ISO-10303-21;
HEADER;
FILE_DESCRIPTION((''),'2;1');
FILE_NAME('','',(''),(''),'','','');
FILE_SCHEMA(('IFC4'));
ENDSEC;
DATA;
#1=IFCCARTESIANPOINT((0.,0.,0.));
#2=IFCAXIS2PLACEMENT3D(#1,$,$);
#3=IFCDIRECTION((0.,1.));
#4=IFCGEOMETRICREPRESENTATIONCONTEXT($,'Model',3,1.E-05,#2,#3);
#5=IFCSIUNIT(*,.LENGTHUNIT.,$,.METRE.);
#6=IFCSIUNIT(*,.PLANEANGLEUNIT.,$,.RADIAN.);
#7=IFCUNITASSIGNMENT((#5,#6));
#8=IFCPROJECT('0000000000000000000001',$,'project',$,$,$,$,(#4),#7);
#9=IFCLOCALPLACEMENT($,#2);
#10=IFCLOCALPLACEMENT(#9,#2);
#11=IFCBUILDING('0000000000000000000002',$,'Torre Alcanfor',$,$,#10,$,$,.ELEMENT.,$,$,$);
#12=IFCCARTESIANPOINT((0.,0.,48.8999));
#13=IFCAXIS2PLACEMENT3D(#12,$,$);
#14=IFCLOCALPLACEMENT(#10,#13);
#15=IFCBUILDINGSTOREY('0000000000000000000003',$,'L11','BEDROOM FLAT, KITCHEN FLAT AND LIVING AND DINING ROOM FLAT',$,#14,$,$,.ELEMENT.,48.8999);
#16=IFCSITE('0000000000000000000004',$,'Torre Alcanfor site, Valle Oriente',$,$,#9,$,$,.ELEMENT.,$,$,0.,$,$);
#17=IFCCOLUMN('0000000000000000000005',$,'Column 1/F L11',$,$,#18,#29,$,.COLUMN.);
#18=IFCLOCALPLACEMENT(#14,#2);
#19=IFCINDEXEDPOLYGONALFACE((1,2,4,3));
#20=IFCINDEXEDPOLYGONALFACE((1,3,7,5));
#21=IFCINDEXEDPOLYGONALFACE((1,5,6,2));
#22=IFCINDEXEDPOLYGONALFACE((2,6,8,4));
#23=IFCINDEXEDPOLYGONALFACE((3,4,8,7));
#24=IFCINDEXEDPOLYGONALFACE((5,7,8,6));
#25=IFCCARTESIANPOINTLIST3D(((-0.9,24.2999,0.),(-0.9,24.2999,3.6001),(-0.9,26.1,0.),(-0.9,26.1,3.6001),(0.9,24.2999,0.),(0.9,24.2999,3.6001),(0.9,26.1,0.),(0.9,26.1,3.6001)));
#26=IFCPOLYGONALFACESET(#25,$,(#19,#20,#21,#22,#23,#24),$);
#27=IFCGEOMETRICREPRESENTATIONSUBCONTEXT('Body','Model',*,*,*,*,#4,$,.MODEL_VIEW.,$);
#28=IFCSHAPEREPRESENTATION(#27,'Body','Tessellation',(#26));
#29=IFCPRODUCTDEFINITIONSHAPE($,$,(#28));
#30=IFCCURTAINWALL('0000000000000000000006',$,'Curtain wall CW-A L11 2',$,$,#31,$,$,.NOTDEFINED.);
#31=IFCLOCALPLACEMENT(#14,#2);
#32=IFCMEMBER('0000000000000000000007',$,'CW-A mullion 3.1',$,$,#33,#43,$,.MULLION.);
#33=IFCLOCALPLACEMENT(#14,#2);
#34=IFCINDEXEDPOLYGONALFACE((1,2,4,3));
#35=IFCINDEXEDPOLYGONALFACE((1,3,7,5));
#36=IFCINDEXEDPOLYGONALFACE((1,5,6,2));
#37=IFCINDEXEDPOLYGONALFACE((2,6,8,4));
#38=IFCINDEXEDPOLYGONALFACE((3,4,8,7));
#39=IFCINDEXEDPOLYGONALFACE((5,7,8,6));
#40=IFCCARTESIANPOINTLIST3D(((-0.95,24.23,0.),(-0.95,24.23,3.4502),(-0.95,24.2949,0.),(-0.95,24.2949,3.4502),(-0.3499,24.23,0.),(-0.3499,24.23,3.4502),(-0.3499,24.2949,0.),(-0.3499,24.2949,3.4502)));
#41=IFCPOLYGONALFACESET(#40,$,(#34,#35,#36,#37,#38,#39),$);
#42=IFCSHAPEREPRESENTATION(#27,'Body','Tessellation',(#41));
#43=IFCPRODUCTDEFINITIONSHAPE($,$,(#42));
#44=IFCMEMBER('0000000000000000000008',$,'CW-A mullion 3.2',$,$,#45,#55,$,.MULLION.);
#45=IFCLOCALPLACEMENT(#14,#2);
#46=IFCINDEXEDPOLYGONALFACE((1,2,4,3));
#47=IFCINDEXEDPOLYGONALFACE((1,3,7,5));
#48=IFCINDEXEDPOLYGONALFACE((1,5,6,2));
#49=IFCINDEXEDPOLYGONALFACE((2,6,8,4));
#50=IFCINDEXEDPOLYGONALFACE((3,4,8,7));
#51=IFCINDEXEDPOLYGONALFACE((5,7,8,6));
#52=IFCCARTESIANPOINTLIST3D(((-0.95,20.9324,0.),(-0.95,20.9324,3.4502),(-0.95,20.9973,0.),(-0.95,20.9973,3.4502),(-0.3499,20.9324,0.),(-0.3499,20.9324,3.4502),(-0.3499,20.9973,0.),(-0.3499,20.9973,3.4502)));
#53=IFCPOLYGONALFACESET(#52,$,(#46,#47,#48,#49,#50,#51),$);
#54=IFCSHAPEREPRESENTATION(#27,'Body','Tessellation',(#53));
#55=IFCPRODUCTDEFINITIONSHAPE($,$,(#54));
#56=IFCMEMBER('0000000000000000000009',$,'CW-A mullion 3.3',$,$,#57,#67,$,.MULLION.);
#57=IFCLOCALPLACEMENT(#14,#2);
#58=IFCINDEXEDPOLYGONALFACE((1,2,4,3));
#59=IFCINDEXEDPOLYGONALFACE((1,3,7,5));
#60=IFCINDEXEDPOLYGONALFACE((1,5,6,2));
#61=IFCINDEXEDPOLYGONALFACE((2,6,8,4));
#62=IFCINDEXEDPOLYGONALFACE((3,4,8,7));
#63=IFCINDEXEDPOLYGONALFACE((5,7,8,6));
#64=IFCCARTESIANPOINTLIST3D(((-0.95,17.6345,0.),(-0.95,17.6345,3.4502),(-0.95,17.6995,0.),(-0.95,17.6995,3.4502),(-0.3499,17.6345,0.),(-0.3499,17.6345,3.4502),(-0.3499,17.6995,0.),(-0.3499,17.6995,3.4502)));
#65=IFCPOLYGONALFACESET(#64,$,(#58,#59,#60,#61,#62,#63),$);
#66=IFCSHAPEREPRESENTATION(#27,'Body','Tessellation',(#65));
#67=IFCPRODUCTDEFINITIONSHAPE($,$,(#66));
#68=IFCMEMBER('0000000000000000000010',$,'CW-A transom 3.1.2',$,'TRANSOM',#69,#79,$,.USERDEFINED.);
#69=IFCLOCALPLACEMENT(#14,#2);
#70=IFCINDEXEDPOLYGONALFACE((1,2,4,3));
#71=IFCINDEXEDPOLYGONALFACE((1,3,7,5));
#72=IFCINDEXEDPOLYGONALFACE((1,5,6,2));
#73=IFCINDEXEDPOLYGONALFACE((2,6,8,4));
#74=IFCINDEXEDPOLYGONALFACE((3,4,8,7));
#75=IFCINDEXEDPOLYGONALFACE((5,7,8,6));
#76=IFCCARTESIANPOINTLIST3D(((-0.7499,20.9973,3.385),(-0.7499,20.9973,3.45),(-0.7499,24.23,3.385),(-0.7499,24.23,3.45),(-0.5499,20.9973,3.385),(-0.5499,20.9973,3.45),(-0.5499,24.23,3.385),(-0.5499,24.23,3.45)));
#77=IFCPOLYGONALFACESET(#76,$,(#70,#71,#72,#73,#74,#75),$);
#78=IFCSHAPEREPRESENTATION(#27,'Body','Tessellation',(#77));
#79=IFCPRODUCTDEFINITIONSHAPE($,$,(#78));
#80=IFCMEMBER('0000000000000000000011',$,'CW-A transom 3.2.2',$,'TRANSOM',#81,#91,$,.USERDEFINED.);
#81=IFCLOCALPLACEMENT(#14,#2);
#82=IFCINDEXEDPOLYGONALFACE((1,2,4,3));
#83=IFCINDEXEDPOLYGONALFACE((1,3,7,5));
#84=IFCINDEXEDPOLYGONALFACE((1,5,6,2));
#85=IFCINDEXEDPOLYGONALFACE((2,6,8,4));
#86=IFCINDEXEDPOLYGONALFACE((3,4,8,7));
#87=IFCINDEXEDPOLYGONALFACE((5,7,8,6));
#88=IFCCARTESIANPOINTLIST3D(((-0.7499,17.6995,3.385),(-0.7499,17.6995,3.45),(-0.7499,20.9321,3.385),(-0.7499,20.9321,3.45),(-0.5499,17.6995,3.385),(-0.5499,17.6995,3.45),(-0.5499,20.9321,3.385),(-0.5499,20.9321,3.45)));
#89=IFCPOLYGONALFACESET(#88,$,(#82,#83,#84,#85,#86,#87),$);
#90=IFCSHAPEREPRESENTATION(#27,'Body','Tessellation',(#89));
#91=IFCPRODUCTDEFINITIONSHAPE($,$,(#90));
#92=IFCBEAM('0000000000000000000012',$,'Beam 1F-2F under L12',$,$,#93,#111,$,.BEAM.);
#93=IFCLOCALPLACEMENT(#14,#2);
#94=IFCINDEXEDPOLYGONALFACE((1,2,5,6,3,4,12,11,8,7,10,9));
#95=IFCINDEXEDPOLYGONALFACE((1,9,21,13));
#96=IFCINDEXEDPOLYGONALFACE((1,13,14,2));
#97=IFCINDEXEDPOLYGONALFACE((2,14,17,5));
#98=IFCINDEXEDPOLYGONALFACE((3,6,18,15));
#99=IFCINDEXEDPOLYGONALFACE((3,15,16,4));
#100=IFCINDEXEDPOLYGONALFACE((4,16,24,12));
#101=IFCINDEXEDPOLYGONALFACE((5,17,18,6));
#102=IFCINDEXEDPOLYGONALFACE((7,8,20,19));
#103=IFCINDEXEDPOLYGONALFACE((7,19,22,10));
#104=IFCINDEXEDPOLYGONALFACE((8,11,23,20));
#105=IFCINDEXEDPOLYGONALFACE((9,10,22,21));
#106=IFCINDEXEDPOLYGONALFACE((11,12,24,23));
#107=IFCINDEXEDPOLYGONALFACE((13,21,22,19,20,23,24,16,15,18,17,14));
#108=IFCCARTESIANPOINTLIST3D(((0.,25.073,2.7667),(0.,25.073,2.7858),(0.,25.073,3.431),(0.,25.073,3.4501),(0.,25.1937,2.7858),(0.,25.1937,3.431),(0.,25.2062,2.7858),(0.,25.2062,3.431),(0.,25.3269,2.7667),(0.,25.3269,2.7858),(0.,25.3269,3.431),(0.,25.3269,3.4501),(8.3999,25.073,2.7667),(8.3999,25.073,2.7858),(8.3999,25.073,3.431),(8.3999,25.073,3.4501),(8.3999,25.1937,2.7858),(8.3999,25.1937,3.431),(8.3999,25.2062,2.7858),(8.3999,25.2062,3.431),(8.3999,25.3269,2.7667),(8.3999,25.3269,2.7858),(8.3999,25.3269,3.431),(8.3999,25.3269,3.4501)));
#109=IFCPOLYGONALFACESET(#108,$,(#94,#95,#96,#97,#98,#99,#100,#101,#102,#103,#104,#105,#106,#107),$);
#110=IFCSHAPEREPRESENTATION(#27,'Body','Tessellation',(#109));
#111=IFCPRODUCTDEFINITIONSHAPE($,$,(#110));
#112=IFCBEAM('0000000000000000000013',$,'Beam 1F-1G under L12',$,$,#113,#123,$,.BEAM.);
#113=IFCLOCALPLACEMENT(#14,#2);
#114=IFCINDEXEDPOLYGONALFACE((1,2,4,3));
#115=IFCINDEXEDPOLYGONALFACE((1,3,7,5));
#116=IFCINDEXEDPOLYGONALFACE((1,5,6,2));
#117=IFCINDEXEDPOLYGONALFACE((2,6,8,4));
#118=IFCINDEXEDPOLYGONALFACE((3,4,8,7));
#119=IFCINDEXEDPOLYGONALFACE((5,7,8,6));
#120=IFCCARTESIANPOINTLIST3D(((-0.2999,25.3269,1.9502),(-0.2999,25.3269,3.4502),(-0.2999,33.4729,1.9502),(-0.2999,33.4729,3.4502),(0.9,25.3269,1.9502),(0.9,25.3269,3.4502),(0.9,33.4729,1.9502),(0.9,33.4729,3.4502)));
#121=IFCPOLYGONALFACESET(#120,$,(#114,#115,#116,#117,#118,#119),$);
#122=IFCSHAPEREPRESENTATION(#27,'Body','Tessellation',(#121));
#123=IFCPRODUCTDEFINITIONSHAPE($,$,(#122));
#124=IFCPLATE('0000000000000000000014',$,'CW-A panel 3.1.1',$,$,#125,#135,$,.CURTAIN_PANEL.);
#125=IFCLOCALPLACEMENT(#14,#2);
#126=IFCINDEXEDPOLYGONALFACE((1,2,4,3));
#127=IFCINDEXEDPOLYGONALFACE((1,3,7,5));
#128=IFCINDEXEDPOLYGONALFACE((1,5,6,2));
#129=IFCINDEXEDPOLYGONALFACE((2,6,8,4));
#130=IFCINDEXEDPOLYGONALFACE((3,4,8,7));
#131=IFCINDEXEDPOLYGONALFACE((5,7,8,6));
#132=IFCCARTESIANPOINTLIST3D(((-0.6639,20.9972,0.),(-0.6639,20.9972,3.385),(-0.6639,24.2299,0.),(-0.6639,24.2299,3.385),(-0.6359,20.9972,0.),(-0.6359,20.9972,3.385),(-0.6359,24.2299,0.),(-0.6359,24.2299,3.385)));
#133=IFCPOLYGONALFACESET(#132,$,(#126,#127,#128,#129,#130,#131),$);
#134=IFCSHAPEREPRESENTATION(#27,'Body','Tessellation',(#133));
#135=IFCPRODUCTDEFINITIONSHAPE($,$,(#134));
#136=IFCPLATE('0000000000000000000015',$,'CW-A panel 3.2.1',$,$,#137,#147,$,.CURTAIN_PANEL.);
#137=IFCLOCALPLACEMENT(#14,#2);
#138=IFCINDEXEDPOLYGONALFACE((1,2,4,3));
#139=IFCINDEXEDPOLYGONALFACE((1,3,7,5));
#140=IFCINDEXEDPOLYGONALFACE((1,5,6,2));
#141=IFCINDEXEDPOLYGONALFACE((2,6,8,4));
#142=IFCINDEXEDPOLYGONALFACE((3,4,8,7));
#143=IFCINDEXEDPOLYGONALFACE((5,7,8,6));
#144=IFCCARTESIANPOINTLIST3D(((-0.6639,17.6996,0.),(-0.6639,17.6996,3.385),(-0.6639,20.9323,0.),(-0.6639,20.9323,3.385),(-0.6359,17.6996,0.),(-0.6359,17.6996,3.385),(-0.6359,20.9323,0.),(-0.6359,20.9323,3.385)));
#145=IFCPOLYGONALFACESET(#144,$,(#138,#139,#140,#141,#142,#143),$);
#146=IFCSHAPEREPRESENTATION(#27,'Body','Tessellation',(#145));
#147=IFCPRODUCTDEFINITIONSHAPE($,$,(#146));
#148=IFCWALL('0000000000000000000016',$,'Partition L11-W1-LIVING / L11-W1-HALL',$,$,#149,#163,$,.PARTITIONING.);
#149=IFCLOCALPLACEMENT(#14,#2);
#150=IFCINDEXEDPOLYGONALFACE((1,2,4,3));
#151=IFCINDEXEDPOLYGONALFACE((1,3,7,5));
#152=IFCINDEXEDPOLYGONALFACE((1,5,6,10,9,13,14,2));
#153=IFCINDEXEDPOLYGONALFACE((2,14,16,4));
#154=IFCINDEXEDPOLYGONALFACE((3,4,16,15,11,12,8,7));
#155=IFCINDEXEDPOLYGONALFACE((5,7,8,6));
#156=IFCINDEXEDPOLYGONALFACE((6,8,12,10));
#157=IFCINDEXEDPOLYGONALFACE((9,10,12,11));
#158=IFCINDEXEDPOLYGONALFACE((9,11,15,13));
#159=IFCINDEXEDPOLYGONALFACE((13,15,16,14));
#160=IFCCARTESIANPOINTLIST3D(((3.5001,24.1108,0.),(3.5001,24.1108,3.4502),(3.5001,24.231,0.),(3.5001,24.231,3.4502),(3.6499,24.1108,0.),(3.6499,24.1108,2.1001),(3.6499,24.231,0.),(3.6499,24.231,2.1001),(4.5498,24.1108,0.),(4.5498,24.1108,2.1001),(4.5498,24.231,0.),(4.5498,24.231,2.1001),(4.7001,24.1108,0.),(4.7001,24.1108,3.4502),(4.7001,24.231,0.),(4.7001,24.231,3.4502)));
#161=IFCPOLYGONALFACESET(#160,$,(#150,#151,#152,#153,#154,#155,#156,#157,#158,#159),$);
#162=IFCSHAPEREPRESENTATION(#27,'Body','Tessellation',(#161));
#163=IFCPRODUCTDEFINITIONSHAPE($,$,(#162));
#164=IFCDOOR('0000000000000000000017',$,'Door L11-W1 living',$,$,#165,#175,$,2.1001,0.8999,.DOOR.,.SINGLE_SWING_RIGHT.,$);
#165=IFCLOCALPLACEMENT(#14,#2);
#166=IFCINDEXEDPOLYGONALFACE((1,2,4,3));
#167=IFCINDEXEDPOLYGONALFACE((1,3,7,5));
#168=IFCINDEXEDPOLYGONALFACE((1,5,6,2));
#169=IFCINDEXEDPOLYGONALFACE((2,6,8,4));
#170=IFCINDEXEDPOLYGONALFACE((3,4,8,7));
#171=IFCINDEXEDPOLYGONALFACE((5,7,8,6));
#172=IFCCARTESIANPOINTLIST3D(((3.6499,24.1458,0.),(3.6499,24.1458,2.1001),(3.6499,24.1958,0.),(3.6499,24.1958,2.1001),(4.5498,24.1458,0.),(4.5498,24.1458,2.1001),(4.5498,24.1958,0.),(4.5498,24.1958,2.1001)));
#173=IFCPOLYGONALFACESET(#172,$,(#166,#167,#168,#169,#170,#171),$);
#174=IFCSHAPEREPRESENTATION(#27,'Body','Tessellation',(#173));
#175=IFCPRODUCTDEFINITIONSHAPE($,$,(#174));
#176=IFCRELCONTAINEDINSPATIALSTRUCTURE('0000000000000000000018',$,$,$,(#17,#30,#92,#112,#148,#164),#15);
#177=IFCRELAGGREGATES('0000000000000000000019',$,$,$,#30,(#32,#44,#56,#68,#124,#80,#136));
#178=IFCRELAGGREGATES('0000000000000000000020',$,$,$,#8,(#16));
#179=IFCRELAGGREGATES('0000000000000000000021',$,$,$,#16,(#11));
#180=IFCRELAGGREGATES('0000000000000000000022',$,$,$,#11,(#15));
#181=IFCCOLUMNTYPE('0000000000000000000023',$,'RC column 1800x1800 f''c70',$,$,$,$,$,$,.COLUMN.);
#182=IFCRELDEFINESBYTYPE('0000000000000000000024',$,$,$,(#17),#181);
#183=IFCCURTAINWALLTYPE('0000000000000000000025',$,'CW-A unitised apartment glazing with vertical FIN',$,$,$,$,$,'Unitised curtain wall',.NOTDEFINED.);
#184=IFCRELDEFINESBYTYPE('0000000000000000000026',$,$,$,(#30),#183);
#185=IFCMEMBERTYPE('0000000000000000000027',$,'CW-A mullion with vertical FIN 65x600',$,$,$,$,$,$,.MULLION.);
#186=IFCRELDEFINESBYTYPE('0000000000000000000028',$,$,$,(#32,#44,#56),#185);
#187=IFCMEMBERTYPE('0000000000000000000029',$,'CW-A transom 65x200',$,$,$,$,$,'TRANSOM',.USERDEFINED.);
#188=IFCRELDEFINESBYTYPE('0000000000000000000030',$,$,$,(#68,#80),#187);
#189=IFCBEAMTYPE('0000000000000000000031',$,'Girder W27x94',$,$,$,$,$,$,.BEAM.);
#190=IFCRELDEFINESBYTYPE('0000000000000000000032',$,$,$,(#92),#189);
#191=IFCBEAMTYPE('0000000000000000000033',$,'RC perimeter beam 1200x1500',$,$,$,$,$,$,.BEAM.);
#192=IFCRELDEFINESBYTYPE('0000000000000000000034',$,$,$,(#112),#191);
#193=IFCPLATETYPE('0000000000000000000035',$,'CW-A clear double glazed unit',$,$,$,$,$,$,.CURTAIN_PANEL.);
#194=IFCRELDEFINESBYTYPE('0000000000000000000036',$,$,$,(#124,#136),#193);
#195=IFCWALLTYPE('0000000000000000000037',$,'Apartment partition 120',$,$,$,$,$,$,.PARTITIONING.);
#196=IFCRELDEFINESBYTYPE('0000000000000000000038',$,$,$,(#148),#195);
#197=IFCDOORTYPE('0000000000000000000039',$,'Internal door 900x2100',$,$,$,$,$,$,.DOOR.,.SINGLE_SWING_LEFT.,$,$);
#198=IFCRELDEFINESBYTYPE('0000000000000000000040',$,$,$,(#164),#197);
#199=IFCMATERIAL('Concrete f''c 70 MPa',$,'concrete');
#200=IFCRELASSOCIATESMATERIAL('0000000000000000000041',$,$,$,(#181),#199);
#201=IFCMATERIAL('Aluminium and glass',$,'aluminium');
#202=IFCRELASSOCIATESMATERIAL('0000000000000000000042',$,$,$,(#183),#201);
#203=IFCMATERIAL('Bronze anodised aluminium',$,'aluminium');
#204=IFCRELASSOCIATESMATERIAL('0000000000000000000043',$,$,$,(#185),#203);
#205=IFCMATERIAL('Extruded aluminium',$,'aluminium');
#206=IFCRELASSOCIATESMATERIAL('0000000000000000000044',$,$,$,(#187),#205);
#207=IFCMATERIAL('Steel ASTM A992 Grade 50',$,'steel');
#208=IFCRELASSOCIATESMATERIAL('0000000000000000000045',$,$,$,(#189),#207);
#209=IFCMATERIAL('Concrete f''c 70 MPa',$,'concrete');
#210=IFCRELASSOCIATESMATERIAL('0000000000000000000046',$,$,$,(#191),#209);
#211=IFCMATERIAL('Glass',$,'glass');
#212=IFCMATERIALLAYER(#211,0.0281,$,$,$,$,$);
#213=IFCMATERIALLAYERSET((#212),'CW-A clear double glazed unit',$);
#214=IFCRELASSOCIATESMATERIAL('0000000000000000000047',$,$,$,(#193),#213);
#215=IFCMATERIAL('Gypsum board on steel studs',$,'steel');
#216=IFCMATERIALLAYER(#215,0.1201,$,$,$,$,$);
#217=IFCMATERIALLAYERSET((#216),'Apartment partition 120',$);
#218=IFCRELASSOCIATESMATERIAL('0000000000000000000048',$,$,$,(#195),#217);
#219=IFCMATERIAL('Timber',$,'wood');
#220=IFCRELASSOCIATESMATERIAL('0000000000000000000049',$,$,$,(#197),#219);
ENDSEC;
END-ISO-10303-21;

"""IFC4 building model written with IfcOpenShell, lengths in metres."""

from ifc_helpers import new_model, si_unit, direction, frame, frame_2d, origin, origin_2d, place, context, subcontext, project, spatial, rectangle, i_section, extrude, material, layer, layer_set, material_profile, profile_set, type_object, element, fill, aggregate, save


model = new_model("IFC4")

# Units and contexts
model_context = context("Model", 3, precision=1e-05, world=origin(), true_north=direction((0.0, 1.0)))
body_context = subcontext(model_context, "Body", "Model", "MODEL_VIEW")
ifc_project = project(units=[si_unit("LENGTHUNIT", "METRE"), si_unit("PLANEANGLEUNIT", "RADIAN")], contexts=[model_context])

# Site, building, storey
site_placement = place(None, origin())
site = spatial("IfcSite", under=ifc_project, at=site_placement, Name="Torre Alcanfor site, Valle Oriente", CompositionType="ELEMENT", RefElevation=0.0)
building_placement = place(site_placement, origin())
building = spatial("IfcBuilding", under=site, at=building_placement, Name="Torre Alcanfor", CompositionType="ELEMENT")
storey_placement = place(building_placement, frame((0.0, 0.0, 48.8999)))
storey = spatial("IfcBuildingStorey", under=building, at=storey_placement, Name="L11", Description="BEDROOM FLAT, KITCHEN FLAT AND LIVING AND DINING ROOM FLAT", CompositionType="ELEMENT", Elevation=48.8999)

# Column
ifc_material_1 = material(Name="Concrete f'c 70 MPa", Category="concrete")
ifc_material_profile_1 = material_profile(ifc_material_1, rectangle(XDim=1.8, YDim=1.8, at=origin_2d()), Name="1800x1800")
ifc_profile_set_1 = profile_set([ifc_material_profile_1], Name="Concrete f'c 70 MPa")
column_type = type_object("IfcColumnType", Name="RC column 1800x1800 f'c70", PredefinedType="COLUMN", material=ifc_profile_set_1)
column_placement = place(storey_placement, frame((0.0, 25.2, 0.0), z_axis=(0.0, 0.0, 1.0), x_axis=(1.0, 0.0, 0.0)))
element("IfcColumn", 1, at=column_placement, inside=storey, type_object=column_type, Name="Column 1/F L11", PredefinedType="COLUMN", context=body_context, shape_type="SweptSolid", body=[
    extrude(rectangle(XDim=1.8, YDim=1.8, at=origin_2d()), origin(), (0.0, 0.0, 1.0), 3.6001),
])

# Curtain wall, members
ifc_material_2 = material(Name="Aluminium and glass", Category="aluminium")
curtain_wall_type = type_object("IfcCurtainWallType", Name="CW-A unitised apartment glazing with vertical FIN", ElementType="Unitised curtain wall", PredefinedType="NOTDEFINED", material=ifc_material_2)
curtain_wall_placement = place(storey_placement, origin())
curtain_wall = element("IfcCurtainWall", 2, at=curtain_wall_placement, inside=storey, type_object=curtain_wall_type, Name="Curtain wall CW-A L11 2", PredefinedType="NOTDEFINED")
ifc_material_3 = material(Name="Bronze anodised aluminium", Category="aluminium")
ifc_material_profile_2 = material_profile(ifc_material_3, rectangle(XDim=0.6001, YDim=0.0649, at=origin_2d()), Name="CW-A mullion 65x600")
ifc_profile_set_2 = profile_set([ifc_material_profile_2], Name="Bronze anodised aluminium")
member_type_1 = type_object("IfcMemberType", Name="CW-A mullion with vertical FIN 65x600", PredefinedType="MULLION", material=ifc_profile_set_2)
member_1_placement = place(storey_placement, frame((-0.6499, 24.2625, 0.0), z_axis=(0.0, 0.0, 1.0), x_axis=(1.0, 0.0, 0.0)))
member_1 = element("IfcMember", 3, at=member_1_placement, type_object=member_type_1, Name="CW-A mullion 3.1", PredefinedType="MULLION", context=body_context, shape_type="SweptSolid", body=[
    extrude(rectangle(XDim=0.6001, YDim=0.0649, at=origin_2d()), origin(), (0.0, 0.0, 1.0), 3.4502),
])
member_2_placement = place(storey_placement, frame((-0.6499, 20.9648, 0.0), z_axis=(0.0, 0.0, 1.0), x_axis=(1.0, 0.0, 0.0)))
member_2 = element("IfcMember", 4, at=member_2_placement, type_object=member_type_1, Name="CW-A mullion 3.2", PredefinedType="MULLION", context=body_context, shape_type="SweptSolid", body=[
    extrude(rectangle(XDim=0.6001, YDim=0.0649, at=origin_2d()), origin(), (0.0, 0.0, 1.0), 3.4502),
])
member_3_placement = place(storey_placement, frame((-0.6499, 17.667, 0.0), z_axis=(0.0, 0.0, 1.0), x_axis=(1.0, 0.0, 0.0)))
member_3 = element("IfcMember", 5, at=member_3_placement, type_object=member_type_1, Name="CW-A mullion 3.3", PredefinedType="MULLION", context=body_context, shape_type="SweptSolid", body=[
    extrude(rectangle(XDim=0.6001, YDim=0.0649, at=origin_2d()), origin(), (0.0, 0.0, 1.0), 3.4502),
])
ifc_material_4 = material(Name="Extruded aluminium", Category="aluminium")
ifc_material_profile_3 = material_profile(ifc_material_4, rectangle(XDim=0.2, YDim=0.0649, at=origin_2d()), Name="CW-A transom 200x65")
ifc_profile_set_3 = profile_set([ifc_material_profile_3], Name="Extruded aluminium")
member_type_2 = type_object("IfcMemberType", Name="CW-A transom 65x200", ElementType="TRANSOM", PredefinedType="USERDEFINED", material=ifc_profile_set_3)
member_4_placement = place(storey_placement, frame((-0.6499, 24.23, 3.4175), z_axis=(0.0, -1.0, 0.0), x_axis=(1.0, 0.0, 0.0)))
member_4 = element("IfcMember", 6, at=member_4_placement, type_object=member_type_2, Name="CW-A transom 3.1.2", ObjectType="TRANSOM", PredefinedType="USERDEFINED", context=body_context, shape_type="SweptSolid", body=[
    extrude(rectangle(XDim=0.2, YDim=0.0649, at=origin_2d()), origin(), (0.0, 0.0, 1.0), 3.2327),
])
member_5_placement = place(storey_placement, frame((-0.6499, 20.9321, 3.4175), z_axis=(0.0, -1.0, 0.0), x_axis=(1.0, 0.0, 0.0)))
member_5 = element("IfcMember", 7, at=member_5_placement, type_object=member_type_2, Name="CW-A transom 3.2.2", ObjectType="TRANSOM", PredefinedType="USERDEFINED", context=body_context, shape_type="SweptSolid", body=[
    extrude(rectangle(XDim=0.2, YDim=0.0649, at=origin_2d()), origin(), (0.0, 0.0, 1.0), 3.2327),
])

# Beams
ifc_material_5 = material(Name="Steel ASTM A992 Grade 50", Category="steel")
ifc_material_profile_4 = material_profile(ifc_material_5, i_section(OverallWidth=0.2539, OverallDepth=0.6833, WebThickness=0.0125, FlangeThickness=0.019, at=origin_2d()), Name="W27x94")
ifc_profile_set_4 = profile_set([ifc_material_profile_4], Name="Steel ASTM A992 Grade 50")
beam_type_1 = type_object("IfcBeamType", Name="Girder W27x94", PredefinedType="BEAM", material=ifc_profile_set_4)
beam_1_placement = place(storey_placement, frame((0.0, 25.2, 3.1084), z_axis=(1.0, 0.0, 0.0), x_axis=(0.0, 1.0, 0.0)))
element("IfcBeam", 8, at=beam_1_placement, inside=storey, type_object=beam_type_1, Name="Beam 1F-2F under L12", PredefinedType="BEAM", context=body_context, shape_type="SweptSolid", body=[
    extrude(i_section(OverallWidth=0.2539, OverallDepth=0.6833, WebThickness=0.0125, FlangeThickness=0.019, at=origin_2d()), origin(), (0.0, 0.0, 1.0), 8.3999),
])
ifc_material_6 = material(Name="Concrete f'c 70 MPa", Category="concrete")
ifc_material_profile_5 = material_profile(ifc_material_6, rectangle(XDim=1.2, YDim=1.5, at=origin_2d()), Name="1200x1500")
ifc_profile_set_5 = profile_set([ifc_material_profile_5], Name="Concrete f'c 70 MPa")
beam_type_2 = type_object("IfcBeamType", Name="RC perimeter beam 1200x1500", PredefinedType="BEAM", material=ifc_profile_set_5)
beam_2_placement = place(storey_placement, frame((0.3, 25.3269, 2.7002), z_axis=(0.0, 1.0, 0.0), x_axis=(-1.0, 0.0, 0.0)))
element("IfcBeam", 9, at=beam_2_placement, inside=storey, type_object=beam_type_2, Name="Beam 1F-1G under L12", PredefinedType="BEAM", context=body_context, shape_type="SweptSolid", body=[
    extrude(rectangle(XDim=1.2, YDim=1.5, at=origin_2d()), origin(), (0.0, 0.0, 1.0), 8.146),
])

# Plates
ifc_material_7 = material(Name="Glass", Category="glass")
ifc_layer_1 = layer(ifc_material_7, 0.0281)
ifc_layer_set_1 = layer_set([ifc_layer_1], Name="CW-A clear double glazed unit")
plate_type = type_object("IfcPlateType", Name="CW-A clear double glazed unit", PredefinedType="CURTAIN_PANEL", material=ifc_layer_set_1)
plate_1_placement = place(storey_placement, frame((-0.6499, 22.6135, 0.0), z_axis=(0.0, 0.0, 1.0), x_axis=(0.0, -1.0, 0.0)))
plate_1 = element("IfcPlate", 10, at=plate_1_placement, type_object=plate_type, Name="CW-A panel 3.1.1", PredefinedType="CURTAIN_PANEL", context=body_context, shape_type="SweptSolid", body=[
    extrude(rectangle(XDim=3.2327, YDim=0.0281, at=origin_2d()), origin(), (0.0, 0.0, 1.0), 3.385),
])
plate_2_placement = place(storey_placement, frame((-0.6499, 19.3159, 0.0), z_axis=(0.0, 0.0, 1.0), x_axis=(0.0, -1.0, 0.0)))
plate_2 = element("IfcPlate", 11, at=plate_2_placement, type_object=plate_type, Name="CW-A panel 3.2.1", PredefinedType="CURTAIN_PANEL", context=body_context, shape_type="SweptSolid", body=[
    extrude(rectangle(XDim=3.2327, YDim=0.0281, at=origin_2d()), origin(), (0.0, 0.0, 1.0), 3.385),
])
aggregate(curtain_wall, [member_1, member_2, member_3, member_4, plate_1, member_5, plate_2])

# Wall, opening, door
ifc_material_8 = material(Name="Gypsum board on steel studs", Category="steel")
ifc_layer_2 = layer(ifc_material_8, 0.1201)
ifc_layer_set_2 = layer_set([ifc_layer_2], Name="Apartment partition 120")
wall_type_1 = type_object("IfcWallType", Name="Apartment partition 120", PredefinedType="PARTITIONING", material=ifc_layer_set_2)
wall_1_placement = place(storey_placement, frame((3.5, 24.1709, 0.0), z_axis=(0.0, 0.0, 1.0), x_axis=(1.0, 0.0, 0.0)))
wall_1 = element("IfcWall", 12, at=wall_1_placement, inside=storey, type_object=wall_type_1, Name="Partition L11-W1-LIVING / L11-W1-HALL", PredefinedType="PARTITIONING", context=body_context, shape_type="SweptSolid", body=[
    extrude(rectangle(XDim=1.2, YDim=0.1201, at=frame_2d((0.6001, 0.0))), origin(), (0.0, 0.0, 1.0), 3.4502),
])
opening_1_placement = place(wall_1_placement, frame((0.1499, 0.0, 0.0)))
opening_1 = element("IfcOpeningElement", 13, at=opening_1_placement, cuts=wall_1, PredefinedType="OPENING", context=body_context, shape_type="SweptSolid", body=[
    extrude(rectangle(XDim=0.8999, YDim=2.1001, at=frame_2d((0.45, 1.05))), frame((0.0, 0.0701, 0.0), z_axis=(0.0, -1.0, 0.0), x_axis=(1.0, 0.0, 0.0)), (0.0, 0.0, 1.0), 0.1401),
])
ifc_material_9 = material(Name="Timber", Category="wood")
door_type = type_object("IfcDoorType", Name="Internal door 900x2100", OperationType="SINGLE_SWING_LEFT", PredefinedType="DOOR", material=ifc_material_9)
door_1_placement = place(opening_1_placement, origin())
door_1 = element("IfcDoor", 14, at=door_1_placement, inside=storey, type_object=door_type, Name="Door L11-W1 living", OperationType="SINGLE_SWING_RIGHT", OverallHeight=2.1001, OverallWidth=0.8999, PredefinedType="DOOR", context=body_context, shape_type="SweptSolid", body=[
    extrude(rectangle(XDim=0.8999, YDim=2.1001, at=frame_2d((0.45, 1.05))), frame((0.0, 0.0249, 0.0), z_axis=(0.0, -1.0, 0.0), x_axis=(1.0, 0.0, 0.0)), (0.0, 0.0, 1.0), 0.05),
])
fill(opening_1, door_1)

save(model, "model.ifc")
